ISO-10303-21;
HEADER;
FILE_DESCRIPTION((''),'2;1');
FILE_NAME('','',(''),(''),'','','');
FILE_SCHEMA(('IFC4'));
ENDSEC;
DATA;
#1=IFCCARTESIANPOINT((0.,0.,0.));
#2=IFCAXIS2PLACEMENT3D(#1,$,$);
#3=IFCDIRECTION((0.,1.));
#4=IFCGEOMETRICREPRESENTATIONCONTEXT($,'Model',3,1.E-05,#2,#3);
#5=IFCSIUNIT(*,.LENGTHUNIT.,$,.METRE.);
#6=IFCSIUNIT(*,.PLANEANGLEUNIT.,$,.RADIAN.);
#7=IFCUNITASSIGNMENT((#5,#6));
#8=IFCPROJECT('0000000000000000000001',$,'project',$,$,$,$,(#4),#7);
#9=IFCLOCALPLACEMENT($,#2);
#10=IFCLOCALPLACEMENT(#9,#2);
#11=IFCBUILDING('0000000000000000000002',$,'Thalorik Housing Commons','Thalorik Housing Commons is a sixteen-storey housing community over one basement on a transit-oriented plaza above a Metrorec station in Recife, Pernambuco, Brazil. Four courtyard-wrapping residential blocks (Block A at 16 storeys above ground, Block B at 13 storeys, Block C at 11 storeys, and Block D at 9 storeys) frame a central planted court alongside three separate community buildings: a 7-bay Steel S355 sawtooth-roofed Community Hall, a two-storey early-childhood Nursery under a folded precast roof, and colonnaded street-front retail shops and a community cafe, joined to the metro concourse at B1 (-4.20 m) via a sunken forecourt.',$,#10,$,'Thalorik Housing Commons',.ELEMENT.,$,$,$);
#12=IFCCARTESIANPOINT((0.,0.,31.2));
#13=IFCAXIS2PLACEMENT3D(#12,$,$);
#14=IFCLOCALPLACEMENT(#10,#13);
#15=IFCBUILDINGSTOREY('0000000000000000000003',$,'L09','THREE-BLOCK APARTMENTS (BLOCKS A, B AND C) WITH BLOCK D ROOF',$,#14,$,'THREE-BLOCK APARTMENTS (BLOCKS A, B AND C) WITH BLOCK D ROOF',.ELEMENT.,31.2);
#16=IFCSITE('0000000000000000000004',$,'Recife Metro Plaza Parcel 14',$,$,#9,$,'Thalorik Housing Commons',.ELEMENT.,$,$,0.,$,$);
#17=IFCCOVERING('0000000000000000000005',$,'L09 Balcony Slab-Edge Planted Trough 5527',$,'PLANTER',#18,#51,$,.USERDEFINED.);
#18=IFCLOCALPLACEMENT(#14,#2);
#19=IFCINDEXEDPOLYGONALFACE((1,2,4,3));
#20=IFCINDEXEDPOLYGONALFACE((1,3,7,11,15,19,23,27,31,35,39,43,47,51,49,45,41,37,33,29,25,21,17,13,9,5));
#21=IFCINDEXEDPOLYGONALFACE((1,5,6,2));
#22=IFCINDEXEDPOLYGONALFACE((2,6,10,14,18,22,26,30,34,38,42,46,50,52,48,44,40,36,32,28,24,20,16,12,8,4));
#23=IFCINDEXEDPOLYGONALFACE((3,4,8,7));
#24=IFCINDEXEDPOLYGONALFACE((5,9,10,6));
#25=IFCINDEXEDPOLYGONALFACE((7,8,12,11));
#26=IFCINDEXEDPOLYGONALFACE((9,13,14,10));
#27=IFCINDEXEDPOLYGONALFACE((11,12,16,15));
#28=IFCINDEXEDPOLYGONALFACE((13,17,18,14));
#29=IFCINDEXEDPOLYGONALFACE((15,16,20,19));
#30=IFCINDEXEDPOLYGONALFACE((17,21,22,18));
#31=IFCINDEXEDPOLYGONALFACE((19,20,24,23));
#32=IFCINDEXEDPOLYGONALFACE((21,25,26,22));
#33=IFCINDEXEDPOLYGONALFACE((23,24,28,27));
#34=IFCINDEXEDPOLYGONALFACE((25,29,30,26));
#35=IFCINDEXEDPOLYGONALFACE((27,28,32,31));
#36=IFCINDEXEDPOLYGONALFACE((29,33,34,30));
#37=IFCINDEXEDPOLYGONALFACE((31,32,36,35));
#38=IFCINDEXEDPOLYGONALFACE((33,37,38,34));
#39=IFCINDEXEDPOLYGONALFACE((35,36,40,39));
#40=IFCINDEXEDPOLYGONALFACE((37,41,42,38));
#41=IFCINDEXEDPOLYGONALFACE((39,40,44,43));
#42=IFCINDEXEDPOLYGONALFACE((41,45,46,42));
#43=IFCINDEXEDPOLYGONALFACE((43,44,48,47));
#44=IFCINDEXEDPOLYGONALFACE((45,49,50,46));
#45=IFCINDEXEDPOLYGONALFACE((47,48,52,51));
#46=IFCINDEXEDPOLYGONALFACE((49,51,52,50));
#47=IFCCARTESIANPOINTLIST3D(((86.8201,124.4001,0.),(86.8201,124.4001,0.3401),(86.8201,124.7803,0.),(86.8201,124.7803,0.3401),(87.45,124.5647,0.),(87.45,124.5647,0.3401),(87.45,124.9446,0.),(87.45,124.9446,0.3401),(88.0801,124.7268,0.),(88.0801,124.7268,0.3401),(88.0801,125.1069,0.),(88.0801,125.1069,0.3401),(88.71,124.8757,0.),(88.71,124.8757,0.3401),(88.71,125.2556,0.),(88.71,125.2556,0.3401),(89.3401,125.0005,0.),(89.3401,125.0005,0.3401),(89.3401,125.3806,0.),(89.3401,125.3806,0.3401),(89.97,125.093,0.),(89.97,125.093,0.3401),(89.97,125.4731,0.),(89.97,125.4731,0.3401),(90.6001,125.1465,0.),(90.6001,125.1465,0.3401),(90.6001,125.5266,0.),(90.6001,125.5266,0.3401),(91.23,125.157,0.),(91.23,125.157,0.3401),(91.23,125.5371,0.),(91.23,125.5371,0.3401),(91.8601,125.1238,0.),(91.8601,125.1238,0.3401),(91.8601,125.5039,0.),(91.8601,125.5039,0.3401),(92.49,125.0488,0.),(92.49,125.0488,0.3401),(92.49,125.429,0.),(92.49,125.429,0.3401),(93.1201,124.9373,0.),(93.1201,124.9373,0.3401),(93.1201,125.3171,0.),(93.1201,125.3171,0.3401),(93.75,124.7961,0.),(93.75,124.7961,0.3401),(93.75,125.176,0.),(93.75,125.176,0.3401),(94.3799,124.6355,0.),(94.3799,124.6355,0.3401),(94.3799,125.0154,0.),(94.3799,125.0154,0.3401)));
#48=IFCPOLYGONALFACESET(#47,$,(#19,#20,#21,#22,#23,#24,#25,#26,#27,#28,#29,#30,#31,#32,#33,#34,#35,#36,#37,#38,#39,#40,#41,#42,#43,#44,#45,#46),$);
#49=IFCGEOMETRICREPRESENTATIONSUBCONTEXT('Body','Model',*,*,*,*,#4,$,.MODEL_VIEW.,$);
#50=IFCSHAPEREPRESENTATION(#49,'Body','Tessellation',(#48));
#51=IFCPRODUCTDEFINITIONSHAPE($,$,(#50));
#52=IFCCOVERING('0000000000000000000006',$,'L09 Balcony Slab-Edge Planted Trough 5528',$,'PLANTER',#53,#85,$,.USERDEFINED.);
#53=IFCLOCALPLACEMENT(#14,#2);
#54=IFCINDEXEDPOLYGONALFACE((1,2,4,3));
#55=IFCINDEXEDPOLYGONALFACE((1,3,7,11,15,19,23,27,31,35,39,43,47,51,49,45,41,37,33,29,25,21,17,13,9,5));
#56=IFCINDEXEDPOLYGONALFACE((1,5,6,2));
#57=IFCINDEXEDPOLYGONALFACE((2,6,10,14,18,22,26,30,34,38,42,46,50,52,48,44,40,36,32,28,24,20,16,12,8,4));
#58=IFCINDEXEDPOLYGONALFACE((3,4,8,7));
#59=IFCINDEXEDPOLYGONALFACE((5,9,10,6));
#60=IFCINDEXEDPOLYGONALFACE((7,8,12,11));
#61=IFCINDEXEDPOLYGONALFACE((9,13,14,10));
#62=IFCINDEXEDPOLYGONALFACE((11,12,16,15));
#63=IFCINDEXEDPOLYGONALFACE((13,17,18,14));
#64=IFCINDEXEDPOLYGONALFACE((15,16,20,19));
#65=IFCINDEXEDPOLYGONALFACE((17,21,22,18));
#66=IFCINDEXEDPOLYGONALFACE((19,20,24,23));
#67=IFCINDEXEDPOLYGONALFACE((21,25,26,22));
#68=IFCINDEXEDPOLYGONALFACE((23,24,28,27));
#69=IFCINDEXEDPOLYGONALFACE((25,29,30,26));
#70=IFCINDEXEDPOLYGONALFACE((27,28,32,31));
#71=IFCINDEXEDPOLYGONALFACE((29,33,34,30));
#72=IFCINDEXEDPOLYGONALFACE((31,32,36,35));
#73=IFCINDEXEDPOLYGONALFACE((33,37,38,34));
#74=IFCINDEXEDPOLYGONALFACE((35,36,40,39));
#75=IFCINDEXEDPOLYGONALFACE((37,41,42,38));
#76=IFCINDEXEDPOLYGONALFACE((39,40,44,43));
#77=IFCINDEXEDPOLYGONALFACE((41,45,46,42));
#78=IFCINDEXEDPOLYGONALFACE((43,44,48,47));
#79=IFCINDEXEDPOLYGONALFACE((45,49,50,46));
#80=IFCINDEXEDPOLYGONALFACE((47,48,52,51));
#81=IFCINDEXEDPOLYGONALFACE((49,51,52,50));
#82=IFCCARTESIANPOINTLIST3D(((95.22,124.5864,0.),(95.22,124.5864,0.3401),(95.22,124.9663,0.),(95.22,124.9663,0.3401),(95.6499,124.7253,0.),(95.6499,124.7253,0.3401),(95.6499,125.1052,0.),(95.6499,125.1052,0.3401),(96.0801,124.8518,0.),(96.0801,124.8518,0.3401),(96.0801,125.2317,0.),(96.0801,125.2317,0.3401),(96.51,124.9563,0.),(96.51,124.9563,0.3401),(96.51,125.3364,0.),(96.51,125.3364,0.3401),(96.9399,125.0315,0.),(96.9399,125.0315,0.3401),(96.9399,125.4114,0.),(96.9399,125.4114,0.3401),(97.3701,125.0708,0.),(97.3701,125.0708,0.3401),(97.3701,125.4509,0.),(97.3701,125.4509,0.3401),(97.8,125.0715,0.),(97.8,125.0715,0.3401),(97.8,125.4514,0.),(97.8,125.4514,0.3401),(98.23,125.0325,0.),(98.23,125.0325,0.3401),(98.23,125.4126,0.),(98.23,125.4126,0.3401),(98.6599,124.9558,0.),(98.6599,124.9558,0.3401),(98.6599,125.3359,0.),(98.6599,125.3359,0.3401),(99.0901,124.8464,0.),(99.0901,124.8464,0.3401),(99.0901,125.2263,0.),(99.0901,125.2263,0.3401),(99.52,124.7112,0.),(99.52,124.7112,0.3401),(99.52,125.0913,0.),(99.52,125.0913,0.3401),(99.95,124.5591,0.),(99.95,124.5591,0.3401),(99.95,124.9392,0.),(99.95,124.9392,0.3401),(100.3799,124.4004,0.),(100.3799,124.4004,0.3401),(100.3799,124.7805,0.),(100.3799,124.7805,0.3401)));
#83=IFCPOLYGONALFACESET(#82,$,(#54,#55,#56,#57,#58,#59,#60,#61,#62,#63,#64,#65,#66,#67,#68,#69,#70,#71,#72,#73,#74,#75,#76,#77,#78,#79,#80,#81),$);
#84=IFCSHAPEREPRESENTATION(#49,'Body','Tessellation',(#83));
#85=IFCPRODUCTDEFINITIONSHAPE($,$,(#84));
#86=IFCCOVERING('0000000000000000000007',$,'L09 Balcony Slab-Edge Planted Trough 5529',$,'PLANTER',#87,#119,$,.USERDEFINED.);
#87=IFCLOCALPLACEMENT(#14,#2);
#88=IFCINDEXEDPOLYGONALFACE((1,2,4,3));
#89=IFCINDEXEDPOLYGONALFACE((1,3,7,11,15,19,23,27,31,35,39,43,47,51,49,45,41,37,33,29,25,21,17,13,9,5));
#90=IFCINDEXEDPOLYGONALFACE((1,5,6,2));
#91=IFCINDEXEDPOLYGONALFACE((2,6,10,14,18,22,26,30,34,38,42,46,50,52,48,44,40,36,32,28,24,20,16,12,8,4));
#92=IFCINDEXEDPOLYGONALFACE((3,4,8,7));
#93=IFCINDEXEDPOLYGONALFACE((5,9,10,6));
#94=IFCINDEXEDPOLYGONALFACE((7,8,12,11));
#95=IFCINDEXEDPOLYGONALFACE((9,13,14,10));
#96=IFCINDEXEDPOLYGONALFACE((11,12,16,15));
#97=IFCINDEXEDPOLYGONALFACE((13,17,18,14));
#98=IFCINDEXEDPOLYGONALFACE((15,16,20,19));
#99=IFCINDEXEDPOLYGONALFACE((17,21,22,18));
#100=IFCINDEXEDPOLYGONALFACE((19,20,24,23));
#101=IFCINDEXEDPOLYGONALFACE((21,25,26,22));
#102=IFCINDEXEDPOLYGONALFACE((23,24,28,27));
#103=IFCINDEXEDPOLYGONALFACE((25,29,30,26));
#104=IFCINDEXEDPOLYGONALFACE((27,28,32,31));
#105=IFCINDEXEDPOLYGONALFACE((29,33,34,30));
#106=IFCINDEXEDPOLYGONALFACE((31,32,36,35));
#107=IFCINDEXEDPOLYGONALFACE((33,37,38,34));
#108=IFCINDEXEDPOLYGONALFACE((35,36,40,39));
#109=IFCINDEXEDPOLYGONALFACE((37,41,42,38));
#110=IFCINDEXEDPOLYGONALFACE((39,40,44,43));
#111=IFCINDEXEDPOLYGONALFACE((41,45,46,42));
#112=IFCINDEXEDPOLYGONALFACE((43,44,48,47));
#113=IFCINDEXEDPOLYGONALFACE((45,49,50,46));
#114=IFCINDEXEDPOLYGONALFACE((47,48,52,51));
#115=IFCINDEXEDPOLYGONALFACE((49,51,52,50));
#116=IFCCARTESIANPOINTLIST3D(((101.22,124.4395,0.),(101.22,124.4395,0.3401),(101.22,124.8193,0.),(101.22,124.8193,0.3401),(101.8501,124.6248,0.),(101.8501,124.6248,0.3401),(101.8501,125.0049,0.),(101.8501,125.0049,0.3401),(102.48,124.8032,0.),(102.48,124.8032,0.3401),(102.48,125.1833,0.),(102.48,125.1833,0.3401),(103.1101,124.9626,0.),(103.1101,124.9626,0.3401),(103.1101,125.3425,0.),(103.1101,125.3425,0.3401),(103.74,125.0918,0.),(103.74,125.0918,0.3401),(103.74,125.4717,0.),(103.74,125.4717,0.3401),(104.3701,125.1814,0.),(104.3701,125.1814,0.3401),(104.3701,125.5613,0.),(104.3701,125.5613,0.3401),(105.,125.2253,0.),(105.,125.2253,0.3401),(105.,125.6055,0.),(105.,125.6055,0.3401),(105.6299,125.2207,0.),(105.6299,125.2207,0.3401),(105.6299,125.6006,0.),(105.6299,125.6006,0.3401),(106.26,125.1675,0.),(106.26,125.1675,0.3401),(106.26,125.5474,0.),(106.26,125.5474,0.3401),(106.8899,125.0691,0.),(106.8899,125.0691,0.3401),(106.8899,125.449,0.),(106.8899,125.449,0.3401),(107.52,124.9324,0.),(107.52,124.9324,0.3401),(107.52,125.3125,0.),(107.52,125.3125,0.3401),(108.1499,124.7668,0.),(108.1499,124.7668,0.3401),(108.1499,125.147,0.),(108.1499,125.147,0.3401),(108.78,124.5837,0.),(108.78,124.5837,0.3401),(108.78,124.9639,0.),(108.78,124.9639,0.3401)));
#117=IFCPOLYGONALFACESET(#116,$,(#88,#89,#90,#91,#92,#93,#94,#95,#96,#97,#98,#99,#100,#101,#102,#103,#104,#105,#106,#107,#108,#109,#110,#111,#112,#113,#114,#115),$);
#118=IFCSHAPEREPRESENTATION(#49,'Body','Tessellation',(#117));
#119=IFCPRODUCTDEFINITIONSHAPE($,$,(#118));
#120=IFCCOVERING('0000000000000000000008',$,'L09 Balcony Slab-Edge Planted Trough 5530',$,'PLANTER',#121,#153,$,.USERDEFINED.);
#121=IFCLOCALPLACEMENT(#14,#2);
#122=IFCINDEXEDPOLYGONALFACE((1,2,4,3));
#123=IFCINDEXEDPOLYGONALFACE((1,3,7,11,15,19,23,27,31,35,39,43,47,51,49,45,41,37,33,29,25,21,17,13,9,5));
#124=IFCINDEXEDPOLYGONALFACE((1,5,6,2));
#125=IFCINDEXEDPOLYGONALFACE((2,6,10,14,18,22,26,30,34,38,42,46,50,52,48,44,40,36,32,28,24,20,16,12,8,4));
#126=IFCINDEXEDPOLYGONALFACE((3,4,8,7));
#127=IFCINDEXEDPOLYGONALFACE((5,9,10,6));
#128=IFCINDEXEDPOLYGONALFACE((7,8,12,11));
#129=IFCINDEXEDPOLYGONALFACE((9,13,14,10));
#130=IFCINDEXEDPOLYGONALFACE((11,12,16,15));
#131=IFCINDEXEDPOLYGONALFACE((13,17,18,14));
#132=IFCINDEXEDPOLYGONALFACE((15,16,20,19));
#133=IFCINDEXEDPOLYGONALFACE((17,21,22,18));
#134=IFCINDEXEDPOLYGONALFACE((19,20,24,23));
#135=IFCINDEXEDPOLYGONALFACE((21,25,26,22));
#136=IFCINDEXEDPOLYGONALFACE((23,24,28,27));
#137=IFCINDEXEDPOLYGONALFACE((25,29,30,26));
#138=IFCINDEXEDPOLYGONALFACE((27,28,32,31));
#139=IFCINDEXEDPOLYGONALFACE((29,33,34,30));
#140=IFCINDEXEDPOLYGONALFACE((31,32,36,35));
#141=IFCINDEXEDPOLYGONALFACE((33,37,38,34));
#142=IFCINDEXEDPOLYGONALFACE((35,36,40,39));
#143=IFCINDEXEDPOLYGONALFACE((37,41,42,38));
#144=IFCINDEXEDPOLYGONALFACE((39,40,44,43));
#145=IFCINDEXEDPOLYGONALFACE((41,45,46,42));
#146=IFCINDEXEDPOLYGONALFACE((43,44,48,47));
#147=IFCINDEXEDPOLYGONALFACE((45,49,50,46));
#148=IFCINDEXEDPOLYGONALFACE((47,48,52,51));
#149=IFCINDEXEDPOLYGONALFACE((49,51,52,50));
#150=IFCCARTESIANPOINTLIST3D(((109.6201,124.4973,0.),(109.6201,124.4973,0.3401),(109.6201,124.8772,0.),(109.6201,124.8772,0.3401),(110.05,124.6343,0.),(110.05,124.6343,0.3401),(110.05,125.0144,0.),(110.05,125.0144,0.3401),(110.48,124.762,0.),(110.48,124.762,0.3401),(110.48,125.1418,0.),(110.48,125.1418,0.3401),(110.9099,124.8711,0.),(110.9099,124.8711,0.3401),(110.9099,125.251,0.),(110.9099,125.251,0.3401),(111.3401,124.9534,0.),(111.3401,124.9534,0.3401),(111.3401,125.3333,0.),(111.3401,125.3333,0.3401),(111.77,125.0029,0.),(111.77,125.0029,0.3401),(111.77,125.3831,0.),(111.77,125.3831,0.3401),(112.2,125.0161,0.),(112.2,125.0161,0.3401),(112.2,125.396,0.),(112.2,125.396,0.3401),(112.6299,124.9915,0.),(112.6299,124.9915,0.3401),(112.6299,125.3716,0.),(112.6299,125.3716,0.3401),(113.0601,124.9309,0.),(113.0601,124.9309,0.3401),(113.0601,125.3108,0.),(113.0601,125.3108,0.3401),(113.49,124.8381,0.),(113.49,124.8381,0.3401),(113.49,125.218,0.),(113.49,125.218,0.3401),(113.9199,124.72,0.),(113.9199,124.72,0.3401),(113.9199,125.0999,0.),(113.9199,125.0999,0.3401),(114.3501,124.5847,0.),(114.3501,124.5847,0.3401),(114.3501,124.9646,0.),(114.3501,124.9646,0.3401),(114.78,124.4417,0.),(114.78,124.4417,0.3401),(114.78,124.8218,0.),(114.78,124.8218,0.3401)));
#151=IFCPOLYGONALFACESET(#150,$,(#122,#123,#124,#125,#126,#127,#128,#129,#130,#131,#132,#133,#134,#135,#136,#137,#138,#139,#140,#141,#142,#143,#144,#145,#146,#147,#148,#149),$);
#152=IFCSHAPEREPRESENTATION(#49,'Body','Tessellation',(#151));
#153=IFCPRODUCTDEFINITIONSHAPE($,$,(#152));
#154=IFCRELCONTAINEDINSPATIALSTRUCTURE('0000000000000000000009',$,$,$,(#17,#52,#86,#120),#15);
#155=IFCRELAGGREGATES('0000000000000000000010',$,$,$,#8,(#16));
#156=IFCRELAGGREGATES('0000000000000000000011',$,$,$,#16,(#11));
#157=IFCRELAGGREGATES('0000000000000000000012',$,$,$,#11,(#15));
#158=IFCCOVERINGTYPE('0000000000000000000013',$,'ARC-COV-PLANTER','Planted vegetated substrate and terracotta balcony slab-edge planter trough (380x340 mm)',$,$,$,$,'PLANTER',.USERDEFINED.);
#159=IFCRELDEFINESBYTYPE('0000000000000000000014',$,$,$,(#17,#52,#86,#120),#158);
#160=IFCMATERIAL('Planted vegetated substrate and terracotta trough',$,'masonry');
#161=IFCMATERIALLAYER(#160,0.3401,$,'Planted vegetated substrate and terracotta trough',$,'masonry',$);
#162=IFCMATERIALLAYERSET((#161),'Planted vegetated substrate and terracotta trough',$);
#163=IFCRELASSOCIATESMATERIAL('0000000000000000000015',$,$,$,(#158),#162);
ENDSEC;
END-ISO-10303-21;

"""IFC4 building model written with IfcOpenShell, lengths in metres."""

from ifc_helpers import new_model, si_unit, direction, frame, origin, place, context, subcontext, project, spatial, polyline, outline, extrude, material, layer, layer_set, type_object, element, save


model = new_model("IFC4")

# Units and contexts
model_context = context("Model", 3, precision=1e-05, world=origin(), true_north=direction((0.0, 1.0)))
body_context = subcontext(model_context, "Body", "Model", "MODEL_VIEW")
ifc_project = project(units=[si_unit("LENGTHUNIT", "METRE"), si_unit("PLANEANGLEUNIT", "RADIAN")], contexts=[model_context])

# Site, building, storey
site_placement = place(None, origin())
site = spatial("IfcSite", under=ifc_project, at=site_placement, Name="Recife Metro Plaza Parcel 14", LongName="Thalorik Housing Commons", CompositionType="ELEMENT", RefElevation=0.0)
building_placement = place(site_placement, origin())
building = spatial("IfcBuilding", under=site, at=building_placement, Name="Thalorik Housing Commons", Description="Thalorik Housing Commons is a sixteen-storey housing community over one basement on a transit-oriented plaza above a Metrorec station in Recife, Pernambuco, Brazil. Four courtyard-wrapping residential blocks (Block A at 16 storeys above ground, Block B at 13 storeys, Block C at 11 storeys, and Block D at 9 storeys) frame a central planted court alongside three separate community buildings: a 7-bay Steel S355 sawtooth-roofed Community Hall, a two-storey early-childhood Nursery under a folded precast roof, and colonnaded street-front retail shops and a community cafe, joined to the metro concourse at B1 (-4.20 m) via a sunken forecourt.", LongName="Thalorik Housing Commons", CompositionType="ELEMENT")
storey_placement = place(building_placement, frame((0.0, 0.0, 31.2)))
storey = spatial("IfcBuildingStorey", under=building, at=storey_placement, Name="L09", Description="THREE-BLOCK APARTMENTS (BLOCKS A, B AND C) WITH BLOCK D ROOF", LongName="THREE-BLOCK APARTMENTS (BLOCKS A, B AND C) WITH BLOCK D ROOF", CompositionType="ELEMENT", Elevation=31.2)

# Coverings
ifc_material_1 = material(Name="Planted vegetated substrate and terracotta trough", Category="masonry")
ifc_layer_1 = layer(ifc_material_1, 0.3401, Name="Planted vegetated substrate and terracotta trough", Category="masonry")
ifc_layer_set_1 = layer_set([ifc_layer_1], Name="Planted vegetated substrate and terracotta trough")
covering_type_1 = type_object("IfcCoveringType", Name="ARC-COV-PLANTER", Description="Planted vegetated substrate and terracotta balcony slab-edge planter trough (380x340 mm)", ElementType="PLANTER", PredefinedType="USERDEFINED", material=ifc_layer_set_1)
covering_1_placement = place(storey_placement, origin())
element("IfcCovering", 1, at=covering_1_placement, inside=storey, type_object=covering_type_1, Name="L09 Balcony Slab-Edge Planted Trough 5527", ObjectType="PLANTER", PredefinedType="USERDEFINED", context=body_context, shape_type="SweptSolid", body=[
    extrude(outline(polyline([(94.3799, 125.0154), (93.75, 125.176), (93.1201, 125.3171), (92.49, 125.429), (91.8601, 125.5039), (91.23, 125.5371), (90.6001, 125.5266), (89.97, 125.4731), (89.3401, 125.3806), (88.71, 125.2556), (88.0801, 125.1069), (87.45, 124.9446), (86.8201, 124.7803), (86.8201, 124.4001), (87.45, 124.5647), (88.0801, 124.7268), (88.71, 124.8757), (89.3401, 125.0005), (89.97, 125.093), (90.6001, 125.1465), (91.23, 125.157), (91.8601, 125.1238), (92.49, 125.0488), (93.1201, 124.9373), (93.75, 124.7961), (94.3799, 124.6355), (94.3799, 125.0154)])), origin(), (0.0, 0.0, 1.0), 0.3401),
])
covering_2_placement = place(storey_placement, origin())
element("IfcCovering", 2, at=covering_2_placement, inside=storey, type_object=covering_type_1, Name="L09 Balcony Slab-Edge Planted Trough 5528", ObjectType="PLANTER", PredefinedType="USERDEFINED", context=body_context, shape_type="SweptSolid", body=[
    extrude(outline(polyline([(100.3799, 124.7805), (99.95, 124.9392), (99.52, 125.0913), (99.0901, 125.2263), (98.6599, 125.3359), (98.23, 125.4126), (97.8, 125.4514), (97.3701, 125.4509), (96.9399, 125.4114), (96.51, 125.3364), (96.0801, 125.2317), (95.6499, 125.1052), (95.22, 124.9663), (95.22, 124.5864), (95.6499, 124.7253), (96.0801, 124.8518), (96.51, 124.9563), (96.9399, 125.0315), (97.3701, 125.0708), (97.8, 125.0715), (98.23, 125.0325), (98.6599, 124.9558), (99.0901, 124.8464), (99.52, 124.7112), (99.95, 124.5591), (100.3799, 124.4004), (100.3799, 124.7805)])), origin(), (0.0, 0.0, 1.0), 0.3401),
])
covering_3_placement = place(storey_placement, origin())
element("IfcCovering", 3, at=covering_3_placement, inside=storey, type_object=covering_type_1, Name="L09 Balcony Slab-Edge Planted Trough 5529", ObjectType="PLANTER", PredefinedType="USERDEFINED", context=body_context, shape_type="SweptSolid", body=[
    extrude(outline(polyline([(108.78, 124.9639), (108.1499, 125.147), (107.52, 125.3125), (106.8899, 125.449), (106.26, 125.5474), (105.6299, 125.6006), (105.0, 125.6055), (104.3701, 125.5613), (103.74, 125.4717), (103.1101, 125.3425), (102.48, 125.1833), (101.8501, 125.0049), (101.22, 124.8193), (101.22, 124.4395), (101.8501, 124.6248), (102.48, 124.8032), (103.1101, 124.9626), (103.74, 125.0918), (104.3701, 125.1814), (105.0, 125.2253), (105.6299, 125.2207), (106.26, 125.1675), (106.8899, 125.0691), (107.52, 124.9324), (108.1499, 124.7668), (108.78, 124.5837), (108.78, 124.9639)])), origin(), (0.0, 0.0, 1.0), 0.3401),
])
covering_4_placement = place(storey_placement, origin())
element("IfcCovering", 4, at=covering_4_placement, inside=storey, type_object=covering_type_1, Name="L09 Balcony Slab-Edge Planted Trough 5530", ObjectType="PLANTER", PredefinedType="USERDEFINED", context=body_context, shape_type="SweptSolid", body=[
    extrude(outline(polyline([(114.78, 124.8218), (114.3501, 124.9646), (113.9199, 125.0999), (113.49, 125.218), (113.0601, 125.3108), (112.6299, 125.3716), (112.2, 125.396), (111.77, 125.3831), (111.3401, 125.3333), (110.9099, 125.251), (110.48, 125.1418), (110.05, 125.0144), (109.6201, 124.8772), (109.6201, 124.4973), (110.05, 124.6343), (110.48, 124.762), (110.9099, 124.8711), (111.3401, 124.9534), (111.77, 125.0029), (112.2, 125.0161), (112.6299, 124.9915), (113.0601, 124.9309), (113.49, 124.8381), (113.9199, 124.72), (114.3501, 124.5847), (114.78, 124.4417), (114.78, 124.8218)])), origin(), (0.0, 0.0, 1.0), 0.3401),
])

save(model, "model.ifc")
